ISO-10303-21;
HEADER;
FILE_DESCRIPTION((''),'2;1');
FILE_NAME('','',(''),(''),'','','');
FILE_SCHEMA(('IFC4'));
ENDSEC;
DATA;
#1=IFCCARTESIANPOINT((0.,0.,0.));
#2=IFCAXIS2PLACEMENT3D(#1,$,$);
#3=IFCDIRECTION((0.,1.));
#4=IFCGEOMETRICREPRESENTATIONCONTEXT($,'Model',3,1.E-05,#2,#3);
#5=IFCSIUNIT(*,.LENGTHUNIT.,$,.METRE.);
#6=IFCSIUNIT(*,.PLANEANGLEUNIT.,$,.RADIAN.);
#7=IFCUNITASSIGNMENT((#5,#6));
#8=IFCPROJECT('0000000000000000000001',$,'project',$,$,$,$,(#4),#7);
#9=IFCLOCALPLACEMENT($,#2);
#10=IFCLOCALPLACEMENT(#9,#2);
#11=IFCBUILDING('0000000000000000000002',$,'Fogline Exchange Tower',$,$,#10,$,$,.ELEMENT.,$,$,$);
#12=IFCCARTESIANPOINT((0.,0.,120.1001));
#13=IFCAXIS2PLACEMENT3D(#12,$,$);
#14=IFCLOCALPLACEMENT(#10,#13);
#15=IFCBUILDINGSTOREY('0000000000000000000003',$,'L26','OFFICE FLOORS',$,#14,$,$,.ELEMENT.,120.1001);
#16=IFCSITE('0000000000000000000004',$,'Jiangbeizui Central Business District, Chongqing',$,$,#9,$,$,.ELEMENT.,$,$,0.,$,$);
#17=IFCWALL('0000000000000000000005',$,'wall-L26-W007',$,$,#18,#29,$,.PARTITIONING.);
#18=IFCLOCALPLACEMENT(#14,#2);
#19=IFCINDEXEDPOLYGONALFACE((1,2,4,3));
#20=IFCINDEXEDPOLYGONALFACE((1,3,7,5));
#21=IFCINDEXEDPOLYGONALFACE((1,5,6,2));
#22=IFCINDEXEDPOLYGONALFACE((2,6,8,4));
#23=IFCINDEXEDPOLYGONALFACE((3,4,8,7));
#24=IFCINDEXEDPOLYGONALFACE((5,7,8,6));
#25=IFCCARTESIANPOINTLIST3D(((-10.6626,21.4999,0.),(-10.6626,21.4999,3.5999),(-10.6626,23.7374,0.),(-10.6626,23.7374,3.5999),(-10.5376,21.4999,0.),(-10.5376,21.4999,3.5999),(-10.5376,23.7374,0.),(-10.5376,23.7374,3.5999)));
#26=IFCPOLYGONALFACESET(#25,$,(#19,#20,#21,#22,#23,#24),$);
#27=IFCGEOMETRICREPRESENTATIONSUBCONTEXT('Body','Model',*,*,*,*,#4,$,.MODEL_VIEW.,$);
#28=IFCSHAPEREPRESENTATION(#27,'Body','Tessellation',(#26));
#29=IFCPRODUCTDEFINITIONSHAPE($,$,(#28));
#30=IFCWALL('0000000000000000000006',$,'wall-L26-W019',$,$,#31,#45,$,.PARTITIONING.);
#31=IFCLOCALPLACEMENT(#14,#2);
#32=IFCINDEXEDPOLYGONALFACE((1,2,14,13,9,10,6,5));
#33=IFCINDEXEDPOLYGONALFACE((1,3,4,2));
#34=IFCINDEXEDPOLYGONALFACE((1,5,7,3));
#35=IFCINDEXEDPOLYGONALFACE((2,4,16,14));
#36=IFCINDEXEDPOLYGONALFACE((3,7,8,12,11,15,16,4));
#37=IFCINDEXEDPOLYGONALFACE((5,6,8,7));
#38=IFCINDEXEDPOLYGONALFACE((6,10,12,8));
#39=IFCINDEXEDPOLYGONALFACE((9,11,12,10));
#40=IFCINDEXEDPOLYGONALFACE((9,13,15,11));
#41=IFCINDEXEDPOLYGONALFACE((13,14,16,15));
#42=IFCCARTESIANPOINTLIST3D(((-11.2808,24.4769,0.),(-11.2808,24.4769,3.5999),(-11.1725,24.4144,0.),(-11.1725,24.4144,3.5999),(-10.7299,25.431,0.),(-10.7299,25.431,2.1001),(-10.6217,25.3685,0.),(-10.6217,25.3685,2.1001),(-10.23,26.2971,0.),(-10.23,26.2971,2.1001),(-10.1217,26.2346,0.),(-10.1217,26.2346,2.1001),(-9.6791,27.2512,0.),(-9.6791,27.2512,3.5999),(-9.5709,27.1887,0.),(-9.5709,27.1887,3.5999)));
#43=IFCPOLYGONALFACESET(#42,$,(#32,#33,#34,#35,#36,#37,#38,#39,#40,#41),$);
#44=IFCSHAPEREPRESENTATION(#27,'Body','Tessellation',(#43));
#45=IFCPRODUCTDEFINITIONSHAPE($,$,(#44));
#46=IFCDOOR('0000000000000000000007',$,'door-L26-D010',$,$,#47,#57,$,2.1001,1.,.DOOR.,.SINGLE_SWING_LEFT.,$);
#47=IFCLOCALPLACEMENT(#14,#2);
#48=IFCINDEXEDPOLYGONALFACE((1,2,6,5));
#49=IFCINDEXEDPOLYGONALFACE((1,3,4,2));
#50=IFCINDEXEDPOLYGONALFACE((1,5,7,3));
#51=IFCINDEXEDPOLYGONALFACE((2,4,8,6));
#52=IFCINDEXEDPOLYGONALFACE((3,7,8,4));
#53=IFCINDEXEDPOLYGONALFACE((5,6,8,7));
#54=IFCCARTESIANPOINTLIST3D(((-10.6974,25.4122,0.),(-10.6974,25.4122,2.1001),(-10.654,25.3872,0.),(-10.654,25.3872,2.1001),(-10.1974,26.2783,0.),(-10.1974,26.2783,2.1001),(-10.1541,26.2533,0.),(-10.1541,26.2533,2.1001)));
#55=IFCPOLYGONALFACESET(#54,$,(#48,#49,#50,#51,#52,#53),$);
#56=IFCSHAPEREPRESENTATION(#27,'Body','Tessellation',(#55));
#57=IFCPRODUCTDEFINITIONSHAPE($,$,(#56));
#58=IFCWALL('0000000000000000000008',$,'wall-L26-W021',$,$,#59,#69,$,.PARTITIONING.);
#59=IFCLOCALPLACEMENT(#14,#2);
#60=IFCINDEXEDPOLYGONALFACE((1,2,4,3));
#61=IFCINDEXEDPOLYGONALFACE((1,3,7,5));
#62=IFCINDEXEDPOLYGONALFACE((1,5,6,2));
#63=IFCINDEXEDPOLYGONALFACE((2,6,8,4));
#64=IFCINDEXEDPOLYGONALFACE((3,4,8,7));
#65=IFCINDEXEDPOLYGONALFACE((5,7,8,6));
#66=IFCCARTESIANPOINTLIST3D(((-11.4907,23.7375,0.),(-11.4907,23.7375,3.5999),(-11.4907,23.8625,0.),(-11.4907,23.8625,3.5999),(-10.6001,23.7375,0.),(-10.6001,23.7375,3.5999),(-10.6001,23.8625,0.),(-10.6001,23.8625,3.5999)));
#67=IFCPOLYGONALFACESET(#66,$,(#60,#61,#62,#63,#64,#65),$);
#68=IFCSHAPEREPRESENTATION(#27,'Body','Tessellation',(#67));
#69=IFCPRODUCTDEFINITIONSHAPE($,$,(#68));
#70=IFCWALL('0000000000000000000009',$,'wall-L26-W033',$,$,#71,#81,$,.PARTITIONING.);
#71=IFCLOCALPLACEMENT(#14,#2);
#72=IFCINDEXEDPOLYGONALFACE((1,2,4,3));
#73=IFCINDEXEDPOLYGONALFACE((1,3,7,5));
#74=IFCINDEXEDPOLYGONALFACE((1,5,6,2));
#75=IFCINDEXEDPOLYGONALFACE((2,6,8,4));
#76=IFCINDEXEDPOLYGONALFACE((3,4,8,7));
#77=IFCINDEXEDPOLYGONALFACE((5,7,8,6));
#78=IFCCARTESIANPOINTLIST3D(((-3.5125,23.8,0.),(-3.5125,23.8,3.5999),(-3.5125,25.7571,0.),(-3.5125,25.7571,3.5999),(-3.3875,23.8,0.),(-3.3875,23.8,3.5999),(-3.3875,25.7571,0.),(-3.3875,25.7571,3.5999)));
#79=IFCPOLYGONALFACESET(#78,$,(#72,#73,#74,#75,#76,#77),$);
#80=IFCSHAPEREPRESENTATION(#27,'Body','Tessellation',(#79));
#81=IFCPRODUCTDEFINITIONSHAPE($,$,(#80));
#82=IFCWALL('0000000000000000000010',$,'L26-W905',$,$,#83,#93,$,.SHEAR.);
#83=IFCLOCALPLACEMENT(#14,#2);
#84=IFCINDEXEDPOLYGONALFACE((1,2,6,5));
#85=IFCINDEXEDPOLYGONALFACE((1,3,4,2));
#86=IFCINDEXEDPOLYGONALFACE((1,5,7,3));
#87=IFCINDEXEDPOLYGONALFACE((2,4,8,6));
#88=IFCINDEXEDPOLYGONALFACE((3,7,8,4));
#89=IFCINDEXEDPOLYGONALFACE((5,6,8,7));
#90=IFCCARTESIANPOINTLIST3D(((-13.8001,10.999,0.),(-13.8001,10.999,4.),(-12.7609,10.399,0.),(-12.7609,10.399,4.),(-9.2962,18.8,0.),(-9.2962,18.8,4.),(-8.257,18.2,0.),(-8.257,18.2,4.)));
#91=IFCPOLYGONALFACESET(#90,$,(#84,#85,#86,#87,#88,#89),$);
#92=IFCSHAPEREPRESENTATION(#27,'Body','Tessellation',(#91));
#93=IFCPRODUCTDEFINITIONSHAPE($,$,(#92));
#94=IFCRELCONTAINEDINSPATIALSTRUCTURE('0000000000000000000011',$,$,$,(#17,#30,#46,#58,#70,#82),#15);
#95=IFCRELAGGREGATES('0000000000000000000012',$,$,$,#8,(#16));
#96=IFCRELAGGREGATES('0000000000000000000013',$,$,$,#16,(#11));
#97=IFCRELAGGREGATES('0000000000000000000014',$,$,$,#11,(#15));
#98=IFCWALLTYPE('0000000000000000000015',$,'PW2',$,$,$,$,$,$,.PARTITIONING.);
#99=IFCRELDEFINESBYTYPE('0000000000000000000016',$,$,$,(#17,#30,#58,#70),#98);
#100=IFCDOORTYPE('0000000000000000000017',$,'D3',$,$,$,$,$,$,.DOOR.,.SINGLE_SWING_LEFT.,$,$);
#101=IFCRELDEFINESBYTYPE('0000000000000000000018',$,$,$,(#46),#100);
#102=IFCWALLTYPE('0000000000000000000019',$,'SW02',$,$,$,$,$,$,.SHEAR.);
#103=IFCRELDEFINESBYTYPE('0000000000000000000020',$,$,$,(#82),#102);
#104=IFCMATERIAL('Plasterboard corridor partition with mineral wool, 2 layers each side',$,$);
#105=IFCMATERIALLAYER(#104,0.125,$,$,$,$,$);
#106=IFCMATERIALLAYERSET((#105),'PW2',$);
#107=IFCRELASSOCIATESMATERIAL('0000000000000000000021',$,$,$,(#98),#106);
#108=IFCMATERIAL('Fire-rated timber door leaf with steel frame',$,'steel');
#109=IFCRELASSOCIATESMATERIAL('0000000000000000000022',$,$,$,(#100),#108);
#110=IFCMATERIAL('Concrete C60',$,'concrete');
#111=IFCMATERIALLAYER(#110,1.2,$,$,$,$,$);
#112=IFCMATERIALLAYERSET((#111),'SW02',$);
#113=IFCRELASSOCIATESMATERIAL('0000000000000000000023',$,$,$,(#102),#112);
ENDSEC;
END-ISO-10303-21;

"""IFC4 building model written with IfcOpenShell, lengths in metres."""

from ifc_helpers import new_model, si_unit, direction, frame, frame_2d, origin, place, context, subcontext, project, spatial, rectangle, extrude, material, layer, layer_set, type_object, element, fill, save


model = new_model("IFC4")

# Units and contexts
model_context = context("Model", 3, precision=1e-05, world=origin(), true_north=direction((0.0, 1.0)))
body_context = subcontext(model_context, "Body", "Model", "MODEL_VIEW")
ifc_project = project(units=[si_unit("LENGTHUNIT", "METRE"), si_unit("PLANEANGLEUNIT", "RADIAN")], contexts=[model_context])

# Site, building, storey
site_placement = place(None, origin())
site = spatial("IfcSite", under=ifc_project, at=site_placement, Name="Jiangbeizui Central Business District, Chongqing", CompositionType="ELEMENT", RefElevation=0.0)
building_placement = place(site_placement, origin())
building = spatial("IfcBuilding", under=site, at=building_placement, Name="Fogline Exchange Tower", CompositionType="ELEMENT")
storey_placement = place(building_placement, frame((0.0, 0.0, 120.1001)))
storey = spatial("IfcBuildingStorey", under=building, at=storey_placement, Name="L26", Description="OFFICE FLOORS", CompositionType="ELEMENT", Elevation=120.1001)

# Shared definitions
ifc_material_1 = material(Name="Plasterboard corridor partition with mineral wool, 2 layers each side")
ifc_layer_1 = layer(ifc_material_1, 0.125)
ifc_layer_set_1 = layer_set([ifc_layer_1], Name="PW2")
wall_type_1 = type_object("IfcWallType", Name="PW2", PredefinedType="PARTITIONING", material=ifc_layer_set_1)

# Wall
wall_1_placement = place(storey_placement, frame((-10.6001, 21.5, 0.0), z_axis=(0.0, 0.0, 1.0), x_axis=(0.0, 1.0, 0.0)))
element("IfcWall", 1, at=wall_1_placement, inside=storey, type_object=wall_type_1, Name="wall-L26-W007", PredefinedType="PARTITIONING", context=body_context, shape_type="SweptSolid", body=[
    extrude(rectangle(XDim=2.2375, YDim=0.125, at=frame_2d((1.1187, 0.0))), origin(), (0.0, 0.0, 1.0), 3.5999),
])

# Wall, opening, door
wall_2_placement = place(storey_placement, frame((-11.2266, 24.4458, 0.0), z_axis=(0.0, 0.0, 1.0), x_axis=(0.499975, 0.86604, 0.0)))
wall_2 = element("IfcWall", 2, at=wall_2_placement, inside=storey, type_object=wall_type_1, Name="wall-L26-W019", PredefinedType="PARTITIONING", context=body_context, shape_type="SweptSolid", body=[
    extrude(rectangle(XDim=3.2034, YDim=0.125, at=frame_2d((1.6016, 0.0))), origin(), (0.0, 0.0, 1.0), 3.5999),
])
opening_1_placement = place(wall_2_placement, frame((1.1016, 0.0, 0.0)))
opening_1 = element("IfcOpeningElement", 3, at=opening_1_placement, cuts=wall_2, PredefinedType="OPENING", context=body_context, shape_type="SweptSolid", body=[
    extrude(rectangle(XDim=1.0, YDim=2.1001, at=frame_2d((0.5, 1.05))), frame((0.0, 0.0725, 0.0), z_axis=(0.0, -1.0, 0.0), x_axis=(1.0, 0.0, 0.0)), (0.0, 0.0, 1.0), 0.145),
])
ifc_material_2 = material(Name="Fire-rated timber door leaf with steel frame", Category="steel")
door_type_1 = type_object("IfcDoorType", Name="D3", OperationType="SINGLE_SWING_LEFT", PredefinedType="DOOR", material=ifc_material_2)
door_1_placement = place(opening_1_placement, origin())
door_1 = element("IfcDoor", 4, at=door_1_placement, inside=storey, type_object=door_type_1, Name="door-L26-D010", OperationType="SINGLE_SWING_LEFT", OverallHeight=2.1001, OverallWidth=1.0, PredefinedType="DOOR", context=body_context, shape_type="SweptSolid", body=[
    extrude(rectangle(XDim=1.0, YDim=2.1001, at=frame_2d((0.5, 1.05))), frame((0.0, 0.0249, 0.0), z_axis=(0.0, -1.0, 0.0), x_axis=(1.0, 0.0, 0.0)), (0.0, 0.0, 1.0), 0.05),
])
fill(opening_1, door_1)

# Walls
wall_3_placement = place(storey_placement, frame((-10.6001, 23.8, 0.0), z_axis=(0.0, 0.0, 1.0), x_axis=(-1.0, 0.0, 0.0)))
element("IfcWall", 5, at=wall_3_placement, inside=storey, type_object=wall_type_1, Name="wall-L26-W021", PredefinedType="PARTITIONING", context=body_context, shape_type="SweptSolid", body=[
    extrude(rectangle(XDim=0.8906, YDim=0.125, at=frame_2d((0.4453, 0.0))), origin(), (0.0, 0.0, 1.0), 3.5999),
])
wall_4_placement = place(storey_placement, frame((-3.45, 25.7571, 0.0), z_axis=(0.0, 0.0, 1.0), x_axis=(0.0, -1.0, 0.0)))
element("IfcWall", 6, at=wall_4_placement, inside=storey, type_object=wall_type_1, Name="wall-L26-W033", PredefinedType="PARTITIONING", context=body_context, shape_type="SweptSolid", body=[
    extrude(rectangle(XDim=1.957, YDim=0.125, at=frame_2d((0.9785, 0.0))), origin(), (0.0, 0.0, 1.0), 3.5999),
])
ifc_material_3 = material(Name="Concrete C60", Category="concrete")
ifc_layer_2 = layer(ifc_material_3, 1.2)
ifc_layer_set_2 = layer_set([ifc_layer_2], Name="SW02")
wall_type_2 = type_object("IfcWallType", Name="SW02", PredefinedType="SHEAR", material=ifc_layer_set_2)
wall_5_placement = place(storey_placement, frame((-8.7766, 18.5, 0.0), z_axis=(0.0, 0.0, 1.0), x_axis=(-0.499999, -0.866026, 0.0)))
element("IfcWall", 7, at=wall_5_placement, inside=storey, type_object=wall_type_2, Name="L26-W905", PredefinedType="SHEAR", context=body_context, shape_type="SweptSolid", body=[
    extrude(rectangle(XDim=9.0078, YDim=1.2, at=frame_2d((4.5039, 0.0))), origin(), (0.0, 0.0, 1.0), 4.0),
])

save(model, "model.ifc")
